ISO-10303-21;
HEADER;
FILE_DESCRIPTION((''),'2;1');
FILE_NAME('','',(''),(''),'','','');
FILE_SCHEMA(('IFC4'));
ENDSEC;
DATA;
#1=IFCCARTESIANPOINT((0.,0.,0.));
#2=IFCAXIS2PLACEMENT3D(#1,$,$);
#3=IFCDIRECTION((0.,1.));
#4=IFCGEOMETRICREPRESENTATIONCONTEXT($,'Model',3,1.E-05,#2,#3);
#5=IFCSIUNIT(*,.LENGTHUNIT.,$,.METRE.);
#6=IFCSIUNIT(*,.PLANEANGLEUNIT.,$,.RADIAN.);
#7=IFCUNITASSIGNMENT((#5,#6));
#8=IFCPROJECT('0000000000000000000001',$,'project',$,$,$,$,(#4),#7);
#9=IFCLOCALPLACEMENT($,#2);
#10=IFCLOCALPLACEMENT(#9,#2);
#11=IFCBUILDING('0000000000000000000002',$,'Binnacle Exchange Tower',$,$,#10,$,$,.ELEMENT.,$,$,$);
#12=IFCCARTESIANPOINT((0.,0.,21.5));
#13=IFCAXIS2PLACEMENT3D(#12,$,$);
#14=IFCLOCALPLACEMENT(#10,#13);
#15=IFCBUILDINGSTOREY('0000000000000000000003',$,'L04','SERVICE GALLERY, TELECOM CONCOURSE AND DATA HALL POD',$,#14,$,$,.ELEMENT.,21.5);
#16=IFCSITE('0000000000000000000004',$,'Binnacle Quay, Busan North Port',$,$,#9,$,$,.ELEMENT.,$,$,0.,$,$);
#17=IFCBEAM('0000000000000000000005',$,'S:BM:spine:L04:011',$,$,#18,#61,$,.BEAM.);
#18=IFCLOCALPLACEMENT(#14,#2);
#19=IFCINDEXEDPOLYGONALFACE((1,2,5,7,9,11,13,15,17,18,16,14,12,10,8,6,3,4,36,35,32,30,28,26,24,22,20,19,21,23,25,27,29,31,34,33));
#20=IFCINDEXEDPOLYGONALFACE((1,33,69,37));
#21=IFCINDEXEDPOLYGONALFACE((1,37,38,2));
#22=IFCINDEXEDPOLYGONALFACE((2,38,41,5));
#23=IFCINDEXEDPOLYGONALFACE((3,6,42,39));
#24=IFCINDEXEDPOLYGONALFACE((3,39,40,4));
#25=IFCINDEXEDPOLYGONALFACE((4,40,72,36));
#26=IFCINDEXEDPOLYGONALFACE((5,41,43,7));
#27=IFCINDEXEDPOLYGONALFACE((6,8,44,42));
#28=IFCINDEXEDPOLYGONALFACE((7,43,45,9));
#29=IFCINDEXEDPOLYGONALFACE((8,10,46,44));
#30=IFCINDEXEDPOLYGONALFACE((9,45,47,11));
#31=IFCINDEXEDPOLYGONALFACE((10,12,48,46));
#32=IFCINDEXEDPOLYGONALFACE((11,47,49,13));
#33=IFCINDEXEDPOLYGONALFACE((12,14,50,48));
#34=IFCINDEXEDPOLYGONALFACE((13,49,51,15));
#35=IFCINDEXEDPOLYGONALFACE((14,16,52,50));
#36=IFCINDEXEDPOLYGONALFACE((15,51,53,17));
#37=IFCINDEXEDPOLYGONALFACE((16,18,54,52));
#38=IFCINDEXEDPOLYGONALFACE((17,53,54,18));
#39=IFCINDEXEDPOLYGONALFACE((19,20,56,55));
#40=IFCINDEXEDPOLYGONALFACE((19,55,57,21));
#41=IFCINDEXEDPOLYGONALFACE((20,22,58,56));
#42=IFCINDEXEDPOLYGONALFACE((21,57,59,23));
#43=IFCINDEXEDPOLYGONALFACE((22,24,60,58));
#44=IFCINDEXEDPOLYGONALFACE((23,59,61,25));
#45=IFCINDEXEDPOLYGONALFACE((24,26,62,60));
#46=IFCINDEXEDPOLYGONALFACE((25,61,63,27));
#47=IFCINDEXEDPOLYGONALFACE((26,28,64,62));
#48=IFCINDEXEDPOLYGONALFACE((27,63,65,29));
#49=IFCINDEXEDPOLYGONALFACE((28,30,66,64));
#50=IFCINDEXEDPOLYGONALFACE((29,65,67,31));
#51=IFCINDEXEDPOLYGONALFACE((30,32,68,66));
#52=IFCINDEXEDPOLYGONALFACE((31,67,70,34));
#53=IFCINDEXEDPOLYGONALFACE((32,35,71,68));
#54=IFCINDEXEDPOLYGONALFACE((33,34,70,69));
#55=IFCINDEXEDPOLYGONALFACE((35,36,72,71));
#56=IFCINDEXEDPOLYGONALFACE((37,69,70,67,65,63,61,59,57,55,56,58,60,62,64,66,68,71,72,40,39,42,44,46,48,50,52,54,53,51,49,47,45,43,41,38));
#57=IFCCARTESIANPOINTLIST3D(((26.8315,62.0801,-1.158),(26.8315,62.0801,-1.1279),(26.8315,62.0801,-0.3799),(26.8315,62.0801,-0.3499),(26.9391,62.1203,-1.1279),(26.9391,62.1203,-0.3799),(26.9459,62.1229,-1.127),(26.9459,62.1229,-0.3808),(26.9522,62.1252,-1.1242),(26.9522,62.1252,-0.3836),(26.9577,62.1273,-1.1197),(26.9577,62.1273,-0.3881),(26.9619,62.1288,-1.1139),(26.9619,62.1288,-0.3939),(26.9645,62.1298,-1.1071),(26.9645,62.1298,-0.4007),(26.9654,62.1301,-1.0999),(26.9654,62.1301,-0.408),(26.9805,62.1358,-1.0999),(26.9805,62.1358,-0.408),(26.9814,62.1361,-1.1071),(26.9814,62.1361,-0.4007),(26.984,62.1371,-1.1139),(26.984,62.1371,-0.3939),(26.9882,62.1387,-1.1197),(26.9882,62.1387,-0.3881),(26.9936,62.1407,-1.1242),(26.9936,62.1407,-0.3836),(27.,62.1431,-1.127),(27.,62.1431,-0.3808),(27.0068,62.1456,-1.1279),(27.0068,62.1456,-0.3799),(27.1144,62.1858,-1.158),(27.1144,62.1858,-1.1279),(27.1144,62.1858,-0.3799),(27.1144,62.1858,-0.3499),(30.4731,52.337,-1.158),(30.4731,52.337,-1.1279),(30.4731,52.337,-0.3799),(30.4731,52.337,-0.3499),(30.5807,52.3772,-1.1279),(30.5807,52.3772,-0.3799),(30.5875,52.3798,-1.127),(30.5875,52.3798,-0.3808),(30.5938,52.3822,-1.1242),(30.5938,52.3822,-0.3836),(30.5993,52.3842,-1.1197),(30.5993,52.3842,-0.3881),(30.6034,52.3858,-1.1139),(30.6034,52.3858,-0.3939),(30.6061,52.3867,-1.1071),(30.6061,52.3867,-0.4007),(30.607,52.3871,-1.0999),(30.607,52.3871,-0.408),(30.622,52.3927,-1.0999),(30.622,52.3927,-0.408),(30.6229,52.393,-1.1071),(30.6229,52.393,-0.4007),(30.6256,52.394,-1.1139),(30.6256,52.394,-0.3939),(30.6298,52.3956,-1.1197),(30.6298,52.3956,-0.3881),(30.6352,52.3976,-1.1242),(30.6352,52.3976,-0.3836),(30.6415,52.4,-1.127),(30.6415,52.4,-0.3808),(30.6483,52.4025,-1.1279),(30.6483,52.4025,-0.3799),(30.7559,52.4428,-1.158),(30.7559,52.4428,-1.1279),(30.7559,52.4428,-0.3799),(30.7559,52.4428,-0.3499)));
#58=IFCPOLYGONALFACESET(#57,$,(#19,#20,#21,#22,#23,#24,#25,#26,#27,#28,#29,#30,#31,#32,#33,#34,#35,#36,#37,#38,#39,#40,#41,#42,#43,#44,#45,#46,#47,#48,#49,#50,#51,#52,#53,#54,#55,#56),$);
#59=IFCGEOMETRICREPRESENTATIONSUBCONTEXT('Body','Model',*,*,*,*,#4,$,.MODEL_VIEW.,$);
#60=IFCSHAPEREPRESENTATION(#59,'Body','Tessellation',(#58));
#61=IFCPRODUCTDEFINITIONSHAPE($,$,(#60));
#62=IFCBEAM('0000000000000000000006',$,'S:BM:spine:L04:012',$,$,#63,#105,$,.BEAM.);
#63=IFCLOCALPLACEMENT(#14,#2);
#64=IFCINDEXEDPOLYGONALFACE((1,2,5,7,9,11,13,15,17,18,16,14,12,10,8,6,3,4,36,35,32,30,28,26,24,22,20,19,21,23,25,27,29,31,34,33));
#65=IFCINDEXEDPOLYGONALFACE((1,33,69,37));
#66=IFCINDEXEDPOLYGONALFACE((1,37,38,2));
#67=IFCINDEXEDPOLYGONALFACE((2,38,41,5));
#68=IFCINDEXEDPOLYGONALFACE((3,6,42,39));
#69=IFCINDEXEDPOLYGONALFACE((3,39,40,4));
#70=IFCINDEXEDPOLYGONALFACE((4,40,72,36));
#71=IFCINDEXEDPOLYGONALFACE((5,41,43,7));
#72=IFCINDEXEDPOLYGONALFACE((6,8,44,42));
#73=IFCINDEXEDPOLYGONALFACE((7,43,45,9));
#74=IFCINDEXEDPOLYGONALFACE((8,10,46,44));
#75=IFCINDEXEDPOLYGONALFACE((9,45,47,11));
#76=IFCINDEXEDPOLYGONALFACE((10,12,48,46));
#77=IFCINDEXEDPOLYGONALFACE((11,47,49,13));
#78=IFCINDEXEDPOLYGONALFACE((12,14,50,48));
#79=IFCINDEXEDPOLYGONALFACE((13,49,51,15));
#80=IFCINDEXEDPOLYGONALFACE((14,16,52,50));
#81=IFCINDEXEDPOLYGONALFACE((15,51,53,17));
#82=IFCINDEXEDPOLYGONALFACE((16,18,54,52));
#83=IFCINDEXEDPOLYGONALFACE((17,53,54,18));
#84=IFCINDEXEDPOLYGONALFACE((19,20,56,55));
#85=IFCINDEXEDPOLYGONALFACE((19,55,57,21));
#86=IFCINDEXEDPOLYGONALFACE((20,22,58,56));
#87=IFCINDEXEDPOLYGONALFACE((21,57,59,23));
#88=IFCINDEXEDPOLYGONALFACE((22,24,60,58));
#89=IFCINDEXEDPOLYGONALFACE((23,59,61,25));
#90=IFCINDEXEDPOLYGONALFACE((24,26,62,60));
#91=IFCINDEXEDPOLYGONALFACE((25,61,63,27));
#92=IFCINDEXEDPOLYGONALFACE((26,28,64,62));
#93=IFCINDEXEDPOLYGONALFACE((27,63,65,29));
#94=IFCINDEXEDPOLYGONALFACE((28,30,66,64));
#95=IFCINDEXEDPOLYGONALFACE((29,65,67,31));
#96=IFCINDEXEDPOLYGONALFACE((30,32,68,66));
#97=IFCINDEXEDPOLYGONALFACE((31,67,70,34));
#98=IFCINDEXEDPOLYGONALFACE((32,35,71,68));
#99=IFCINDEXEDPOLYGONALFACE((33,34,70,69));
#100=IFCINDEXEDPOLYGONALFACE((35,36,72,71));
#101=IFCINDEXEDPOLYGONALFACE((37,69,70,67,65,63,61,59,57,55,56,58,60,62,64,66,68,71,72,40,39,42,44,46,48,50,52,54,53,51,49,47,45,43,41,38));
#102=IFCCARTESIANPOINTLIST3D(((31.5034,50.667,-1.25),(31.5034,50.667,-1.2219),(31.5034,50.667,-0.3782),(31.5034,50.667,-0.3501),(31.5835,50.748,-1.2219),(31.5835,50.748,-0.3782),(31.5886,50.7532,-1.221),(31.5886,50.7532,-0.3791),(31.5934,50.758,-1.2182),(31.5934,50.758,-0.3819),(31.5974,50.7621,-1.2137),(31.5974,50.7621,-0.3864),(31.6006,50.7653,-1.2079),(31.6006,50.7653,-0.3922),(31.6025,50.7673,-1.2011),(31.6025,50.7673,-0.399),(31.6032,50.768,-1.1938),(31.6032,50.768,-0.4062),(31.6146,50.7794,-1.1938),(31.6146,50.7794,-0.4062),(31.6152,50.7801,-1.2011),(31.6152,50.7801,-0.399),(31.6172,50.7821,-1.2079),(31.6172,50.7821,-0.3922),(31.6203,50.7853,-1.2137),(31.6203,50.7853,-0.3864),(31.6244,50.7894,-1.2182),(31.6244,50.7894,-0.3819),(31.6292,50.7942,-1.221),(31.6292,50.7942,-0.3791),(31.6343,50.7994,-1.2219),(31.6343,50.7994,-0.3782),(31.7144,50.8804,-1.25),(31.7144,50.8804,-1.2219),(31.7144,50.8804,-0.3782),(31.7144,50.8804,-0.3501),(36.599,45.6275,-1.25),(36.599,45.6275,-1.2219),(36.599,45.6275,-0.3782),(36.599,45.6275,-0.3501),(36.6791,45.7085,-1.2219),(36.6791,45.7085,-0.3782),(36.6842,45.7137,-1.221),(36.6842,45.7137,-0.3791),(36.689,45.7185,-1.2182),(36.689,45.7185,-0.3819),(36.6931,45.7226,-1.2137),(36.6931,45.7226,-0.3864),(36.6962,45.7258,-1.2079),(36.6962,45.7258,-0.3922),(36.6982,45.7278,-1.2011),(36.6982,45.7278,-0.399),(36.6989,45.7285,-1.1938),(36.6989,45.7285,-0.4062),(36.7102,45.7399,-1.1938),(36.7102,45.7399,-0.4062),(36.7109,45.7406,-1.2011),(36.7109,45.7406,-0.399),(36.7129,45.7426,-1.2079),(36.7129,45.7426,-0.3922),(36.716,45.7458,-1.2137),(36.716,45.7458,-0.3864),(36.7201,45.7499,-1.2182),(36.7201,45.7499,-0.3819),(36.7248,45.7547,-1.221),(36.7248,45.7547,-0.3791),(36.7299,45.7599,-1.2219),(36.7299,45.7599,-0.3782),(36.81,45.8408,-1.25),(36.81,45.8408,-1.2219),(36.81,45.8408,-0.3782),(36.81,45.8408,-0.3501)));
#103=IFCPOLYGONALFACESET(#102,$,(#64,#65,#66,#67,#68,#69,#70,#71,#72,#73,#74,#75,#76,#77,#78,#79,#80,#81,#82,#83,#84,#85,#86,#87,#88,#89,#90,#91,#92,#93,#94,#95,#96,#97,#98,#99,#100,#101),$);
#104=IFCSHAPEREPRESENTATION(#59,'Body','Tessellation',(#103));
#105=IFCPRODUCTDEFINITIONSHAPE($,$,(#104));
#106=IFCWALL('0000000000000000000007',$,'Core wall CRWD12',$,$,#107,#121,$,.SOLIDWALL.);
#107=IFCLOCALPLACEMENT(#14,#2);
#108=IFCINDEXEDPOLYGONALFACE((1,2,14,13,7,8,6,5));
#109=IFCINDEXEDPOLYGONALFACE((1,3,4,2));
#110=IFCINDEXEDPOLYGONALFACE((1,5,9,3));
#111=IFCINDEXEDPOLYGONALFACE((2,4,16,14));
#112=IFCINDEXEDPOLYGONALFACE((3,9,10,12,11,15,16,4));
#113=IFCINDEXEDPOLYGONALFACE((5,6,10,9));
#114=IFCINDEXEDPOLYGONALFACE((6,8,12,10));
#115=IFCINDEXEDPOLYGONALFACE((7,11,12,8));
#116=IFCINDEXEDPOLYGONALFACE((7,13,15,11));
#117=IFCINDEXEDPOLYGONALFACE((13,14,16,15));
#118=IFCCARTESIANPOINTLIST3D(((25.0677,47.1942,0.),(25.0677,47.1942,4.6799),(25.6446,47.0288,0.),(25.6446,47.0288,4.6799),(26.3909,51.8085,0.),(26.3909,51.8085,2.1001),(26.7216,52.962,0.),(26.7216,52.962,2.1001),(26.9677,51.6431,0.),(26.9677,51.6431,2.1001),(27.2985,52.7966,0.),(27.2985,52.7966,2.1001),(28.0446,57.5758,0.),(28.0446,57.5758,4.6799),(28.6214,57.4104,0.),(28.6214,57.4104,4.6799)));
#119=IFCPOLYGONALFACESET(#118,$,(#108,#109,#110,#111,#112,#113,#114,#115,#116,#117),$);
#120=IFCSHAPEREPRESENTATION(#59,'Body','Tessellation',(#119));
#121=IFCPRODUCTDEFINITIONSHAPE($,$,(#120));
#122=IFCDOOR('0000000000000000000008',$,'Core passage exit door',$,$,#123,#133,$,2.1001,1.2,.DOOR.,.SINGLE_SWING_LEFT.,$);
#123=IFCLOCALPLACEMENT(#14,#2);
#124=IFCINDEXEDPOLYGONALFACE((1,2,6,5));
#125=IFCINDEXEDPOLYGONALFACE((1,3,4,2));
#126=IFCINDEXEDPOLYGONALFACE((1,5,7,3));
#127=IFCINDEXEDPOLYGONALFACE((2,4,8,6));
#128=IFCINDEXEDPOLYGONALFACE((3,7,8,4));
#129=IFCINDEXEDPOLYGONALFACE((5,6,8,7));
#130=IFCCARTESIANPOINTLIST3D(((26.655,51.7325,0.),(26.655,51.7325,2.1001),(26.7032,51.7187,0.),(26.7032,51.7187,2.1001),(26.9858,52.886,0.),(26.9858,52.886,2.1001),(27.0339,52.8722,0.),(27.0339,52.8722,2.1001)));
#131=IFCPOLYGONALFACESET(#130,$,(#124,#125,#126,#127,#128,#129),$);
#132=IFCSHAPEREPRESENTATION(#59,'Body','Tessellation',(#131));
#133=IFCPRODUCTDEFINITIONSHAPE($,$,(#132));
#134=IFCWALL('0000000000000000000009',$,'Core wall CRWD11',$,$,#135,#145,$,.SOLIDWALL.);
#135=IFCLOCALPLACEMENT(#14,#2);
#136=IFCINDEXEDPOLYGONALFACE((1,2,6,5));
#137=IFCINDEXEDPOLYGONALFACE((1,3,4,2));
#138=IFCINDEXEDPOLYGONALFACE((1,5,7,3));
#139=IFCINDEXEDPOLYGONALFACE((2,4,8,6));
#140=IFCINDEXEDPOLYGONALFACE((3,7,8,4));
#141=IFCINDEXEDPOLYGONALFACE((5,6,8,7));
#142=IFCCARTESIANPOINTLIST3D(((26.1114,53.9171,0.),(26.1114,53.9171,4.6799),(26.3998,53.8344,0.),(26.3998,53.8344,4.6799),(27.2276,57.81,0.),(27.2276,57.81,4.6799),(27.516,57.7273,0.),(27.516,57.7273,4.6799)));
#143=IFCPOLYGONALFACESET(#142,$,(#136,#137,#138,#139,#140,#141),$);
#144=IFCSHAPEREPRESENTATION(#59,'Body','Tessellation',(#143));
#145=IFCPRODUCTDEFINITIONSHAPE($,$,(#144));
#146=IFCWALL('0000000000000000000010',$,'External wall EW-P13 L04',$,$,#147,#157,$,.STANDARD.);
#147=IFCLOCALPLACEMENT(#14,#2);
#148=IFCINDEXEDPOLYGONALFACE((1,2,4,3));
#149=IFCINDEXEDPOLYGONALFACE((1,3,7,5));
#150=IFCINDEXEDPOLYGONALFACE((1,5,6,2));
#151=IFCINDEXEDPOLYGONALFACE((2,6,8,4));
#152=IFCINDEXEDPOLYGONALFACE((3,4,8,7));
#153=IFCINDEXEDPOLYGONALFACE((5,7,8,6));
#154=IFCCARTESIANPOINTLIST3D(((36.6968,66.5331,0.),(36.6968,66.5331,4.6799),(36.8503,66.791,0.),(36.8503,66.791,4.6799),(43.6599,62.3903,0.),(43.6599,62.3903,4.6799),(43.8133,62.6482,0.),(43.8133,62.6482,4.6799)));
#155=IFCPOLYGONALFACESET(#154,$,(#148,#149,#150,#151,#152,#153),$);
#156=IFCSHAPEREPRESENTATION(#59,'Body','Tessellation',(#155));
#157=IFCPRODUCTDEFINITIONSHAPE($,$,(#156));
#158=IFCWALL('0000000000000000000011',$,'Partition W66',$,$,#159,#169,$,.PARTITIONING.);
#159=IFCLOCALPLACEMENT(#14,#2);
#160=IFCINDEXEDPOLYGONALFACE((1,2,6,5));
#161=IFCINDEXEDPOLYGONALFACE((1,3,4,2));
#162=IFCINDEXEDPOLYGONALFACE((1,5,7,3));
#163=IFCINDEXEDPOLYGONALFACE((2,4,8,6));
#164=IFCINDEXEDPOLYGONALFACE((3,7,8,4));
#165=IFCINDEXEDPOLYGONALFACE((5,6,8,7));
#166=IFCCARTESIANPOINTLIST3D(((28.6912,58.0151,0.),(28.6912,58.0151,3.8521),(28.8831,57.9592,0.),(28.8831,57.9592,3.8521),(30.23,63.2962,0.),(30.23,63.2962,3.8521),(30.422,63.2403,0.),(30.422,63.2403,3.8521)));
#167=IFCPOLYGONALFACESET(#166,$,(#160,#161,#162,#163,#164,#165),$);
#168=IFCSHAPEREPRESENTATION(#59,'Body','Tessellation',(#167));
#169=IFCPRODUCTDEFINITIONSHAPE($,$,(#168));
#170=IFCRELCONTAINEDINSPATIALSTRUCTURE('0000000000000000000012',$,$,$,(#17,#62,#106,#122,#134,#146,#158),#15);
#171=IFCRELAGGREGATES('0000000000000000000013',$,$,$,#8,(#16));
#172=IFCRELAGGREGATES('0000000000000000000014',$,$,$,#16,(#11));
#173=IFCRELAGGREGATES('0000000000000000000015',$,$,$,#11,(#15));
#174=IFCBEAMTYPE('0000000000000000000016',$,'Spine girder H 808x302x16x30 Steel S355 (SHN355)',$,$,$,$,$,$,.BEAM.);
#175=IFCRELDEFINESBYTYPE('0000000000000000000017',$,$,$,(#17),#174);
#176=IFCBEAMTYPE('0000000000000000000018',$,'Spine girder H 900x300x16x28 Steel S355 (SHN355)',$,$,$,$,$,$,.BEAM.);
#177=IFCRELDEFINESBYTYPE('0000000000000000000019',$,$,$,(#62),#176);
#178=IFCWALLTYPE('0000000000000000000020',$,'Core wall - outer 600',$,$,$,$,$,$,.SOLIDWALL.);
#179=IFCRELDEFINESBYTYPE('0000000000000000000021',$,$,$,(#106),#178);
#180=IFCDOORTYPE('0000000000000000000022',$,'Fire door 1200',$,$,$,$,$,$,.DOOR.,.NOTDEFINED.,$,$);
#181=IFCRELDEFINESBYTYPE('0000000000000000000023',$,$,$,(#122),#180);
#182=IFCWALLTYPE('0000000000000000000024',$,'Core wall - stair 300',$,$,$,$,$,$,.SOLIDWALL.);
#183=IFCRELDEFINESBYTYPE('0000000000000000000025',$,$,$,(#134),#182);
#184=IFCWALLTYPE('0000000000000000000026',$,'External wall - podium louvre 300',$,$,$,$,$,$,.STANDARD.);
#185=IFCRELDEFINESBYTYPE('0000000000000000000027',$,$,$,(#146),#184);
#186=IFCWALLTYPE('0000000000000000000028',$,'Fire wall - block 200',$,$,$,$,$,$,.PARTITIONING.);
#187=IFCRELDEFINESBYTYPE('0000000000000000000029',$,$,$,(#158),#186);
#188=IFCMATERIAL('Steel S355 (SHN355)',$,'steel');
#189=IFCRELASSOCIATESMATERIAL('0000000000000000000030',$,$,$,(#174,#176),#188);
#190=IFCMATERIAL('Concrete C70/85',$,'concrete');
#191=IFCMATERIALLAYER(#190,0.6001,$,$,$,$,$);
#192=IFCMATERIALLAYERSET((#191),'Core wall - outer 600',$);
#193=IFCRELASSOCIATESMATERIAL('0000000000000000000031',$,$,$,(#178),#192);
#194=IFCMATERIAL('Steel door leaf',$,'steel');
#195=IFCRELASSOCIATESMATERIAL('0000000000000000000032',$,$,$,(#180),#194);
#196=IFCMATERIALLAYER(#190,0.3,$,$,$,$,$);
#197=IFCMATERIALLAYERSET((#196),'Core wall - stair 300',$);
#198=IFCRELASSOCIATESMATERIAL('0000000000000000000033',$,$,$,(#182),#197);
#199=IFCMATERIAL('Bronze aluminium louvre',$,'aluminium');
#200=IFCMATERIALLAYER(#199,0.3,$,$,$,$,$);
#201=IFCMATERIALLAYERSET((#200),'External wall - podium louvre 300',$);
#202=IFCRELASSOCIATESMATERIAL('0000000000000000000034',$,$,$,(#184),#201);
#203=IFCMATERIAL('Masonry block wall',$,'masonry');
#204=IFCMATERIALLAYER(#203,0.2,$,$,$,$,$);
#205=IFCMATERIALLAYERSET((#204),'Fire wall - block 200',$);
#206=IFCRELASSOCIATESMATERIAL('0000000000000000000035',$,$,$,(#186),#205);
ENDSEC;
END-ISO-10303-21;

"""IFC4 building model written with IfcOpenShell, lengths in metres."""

from ifc_helpers import new_model, si_unit, direction, frame, frame_2d, origin, origin_2d, place, context, subcontext, project, spatial, rectangle, i_section, extrude, material, layer, layer_set, material_profile, profile_set, type_object, element, fill, save


model = new_model("IFC4")

# Units and contexts
model_context = context("Model", 3, precision=1e-05, world=origin(), true_north=direction((0.0, 1.0)))
body_context = subcontext(model_context, "Body", "Model", "MODEL_VIEW")
ifc_project = project(units=[si_unit("LENGTHUNIT", "METRE"), si_unit("PLANEANGLEUNIT", "RADIAN")], contexts=[model_context])

# Site, building, storey
site_placement = place(None, origin())
site = spatial("IfcSite", under=ifc_project, at=site_placement, Name="Binnacle Quay, Busan North Port", CompositionType="ELEMENT", RefElevation=0.0)
building_placement = place(site_placement, origin())
building = spatial("IfcBuilding", under=site, at=building_placement, Name="Binnacle Exchange Tower", CompositionType="ELEMENT")
storey_placement = place(building_placement, frame((0.0, 0.0, 21.5)))
storey = spatial("IfcBuildingStorey", under=building, at=storey_placement, Name="L04", Description="SERVICE GALLERY, TELECOM CONCOURSE AND DATA HALL POD", CompositionType="ELEMENT", Elevation=21.5)

# Shared definitions
ifc_material_1 = material(Name="Concrete C70/85", Category="concrete")

# Beams
ifc_material_2 = material(Name="Steel S355 (SHN355)", Category="steel")
ifc_material_profile_1 = material_profile(ifc_material_2, i_section(OverallWidth=0.302, OverallDepth=0.8081, WebThickness=0.0161, FlangeThickness=0.03, FilletRadius=0.0281, at=origin_2d()), Name="H 808x302x16x30")
ifc_profile_set_1 = profile_set([ifc_material_profile_1], Name="Steel S355 (SHN355)")
beam_type_1 = type_object("IfcBeamType", Name="Spine girder H 808x302x16x30 Steel S355 (SHN355)", PredefinedType="BEAM", material=ifc_profile_set_1)
beam_1_placement = place(storey_placement, frame((30.6145, 52.3899, -0.7539), z_axis=(-0.350105, 0.936711, 0.0), x_axis=(-0.936711, -0.350105, 0.0)))
element("IfcBeam", 1, at=beam_1_placement, inside=storey, type_object=beam_type_1, Name="S:BM:spine:L04:011", PredefinedType="BEAM", context=body_context, shape_type="SweptSolid", body=[
    extrude(i_section(OverallWidth=0.302, OverallDepth=0.8081, WebThickness=0.0161, FlangeThickness=0.03, FilletRadius=0.0281, at=origin_2d()), origin(), (0.0, 0.0, 1.0), 10.4014),
])
ifc_material_profile_2 = material_profile(ifc_material_2, i_section(OverallWidth=0.3, OverallDepth=0.8999, WebThickness=0.0161, FlangeThickness=0.0281, FilletRadius=0.0281, at=origin_2d()), Name="H 900x300x16x28")
ifc_profile_set_2 = profile_set([ifc_material_profile_2], Name="Steel S355 (SHN355)")
beam_type_2 = type_object("IfcBeamType", Name="Spine girder H 900x300x16x28 Steel S355 (SHN355)", PredefinedType="BEAM", material=ifc_profile_set_2)
beam_2_placement = place(storey_placement, frame((31.6089, 50.7737, -0.8), z_axis=(0.711013, -0.703178, 0.0), x_axis=(0.703178, 0.711013, 0.0)))
element("IfcBeam", 2, at=beam_2_placement, inside=storey, type_object=beam_type_2, Name="S:BM:spine:L04:012", PredefinedType="BEAM", context=body_context, shape_type="SweptSolid", body=[
    extrude(i_section(OverallWidth=0.3, OverallDepth=0.8999, WebThickness=0.0161, FlangeThickness=0.0281, FilletRadius=0.0281, at=origin_2d()), origin(), (0.0, 0.0, 1.0), 7.1667),
])

# Wall, opening, door
ifc_layer_1 = layer(ifc_material_1, 0.6001)
ifc_layer_set_1 = layer_set([ifc_layer_1], Name="Core wall - outer 600")
wall_type_1 = type_object("IfcWallType", Name="Core wall - outer 600", PredefinedType="SOLIDWALL", material=ifc_layer_set_1)
wall_1_placement = place(storey_placement, frame((25.3562, 47.1116, 0.0), z_axis=(0.0, 0.0, 1.0), x_axis=(0.275632, 0.961263, 0.0)))
wall_1 = element("IfcWall", 3, at=wall_1_placement, inside=storey, type_object=wall_type_1, Name="Core wall CRWD12", PredefinedType="SOLIDWALL", context=body_context, shape_type="SweptSolid", body=[
    extrude(rectangle(XDim=10.8, YDim=0.6001, at=frame_2d((5.3999, 0.0))), origin(), (0.0, 0.0, 1.0), 4.6799),
])
opening_1_placement = place(wall_1_placement, frame((4.8, 0.0, 0.0)))
opening_1 = element("IfcOpeningElement", 4, at=opening_1_placement, cuts=wall_1, PredefinedType="OPENING", context=body_context, shape_type="SweptSolid", body=[
    extrude(rectangle(XDim=1.2, YDim=2.1001, at=frame_2d((0.6001, 1.05))), frame((0.0, 0.3101, 0.0), z_axis=(0.0, -1.0, 0.0), x_axis=(1.0, 0.0, 0.0)), (0.0, 0.0, 1.0), 0.6201),
])
ifc_material_3 = material(Name="Steel door leaf", Category="steel")
door_type_1 = type_object("IfcDoorType", Name="Fire door 1200", OperationType="NOTDEFINED", PredefinedType="DOOR", material=ifc_material_3)
door_1_placement = place(opening_1_placement, frame((1.2, 0.0, 0.0), z_axis=(0.0, 0.0, 1.0), x_axis=(-1.0, 0.0, 0.0)))
door_1 = element("IfcDoor", 5, at=door_1_placement, inside=storey, type_object=door_type_1, Name="Core passage exit door", OperationType="SINGLE_SWING_LEFT", OverallHeight=2.1001, OverallWidth=1.2, PredefinedType="DOOR", context=body_context, shape_type="SweptSolid", body=[
    extrude(rectangle(XDim=1.2, YDim=2.1001, at=frame_2d((0.6001, 1.05))), frame((0.0, 0.0249, 0.0), z_axis=(0.0, -1.0, 0.0), x_axis=(1.0, 0.0, 0.0)), (0.0, 0.0, 1.0), 0.05),
])
fill(opening_1, door_1)

# Walls
ifc_layer_2 = layer(ifc_material_1, 0.3)
ifc_layer_set_2 = layer_set([ifc_layer_2], Name="Core wall - stair 300")
wall_type_2 = type_object("IfcWallType", Name="Core wall - stair 300", PredefinedType="SOLIDWALL", material=ifc_layer_set_2)
wall_2_placement = place(storey_placement, frame((26.2556, 53.8757, 0.0), z_axis=(0.0, 0.0, 1.0), x_axis=(0.275613, 0.961269, 0.0)))
element("IfcWall", 6, at=wall_2_placement, inside=storey, type_object=wall_type_2, Name="Core wall CRWD11", PredefinedType="SOLIDWALL", context=body_context, shape_type="SweptSolid", body=[
    extrude(rectangle(XDim=4.0498, YDim=0.3, at=frame_2d((2.0249, 0.0))), origin(), (0.0, 0.0, 1.0), 4.6799),
])
ifc_material_4 = material(Name="Bronze aluminium louvre", Category="aluminium")
ifc_layer_3 = layer(ifc_material_4, 0.3)
ifc_layer_set_3 = layer_set([ifc_layer_3], Name="External wall - podium louvre 300")
wall_type_3 = type_object("IfcWallType", Name="External wall - podium louvre 300", PredefinedType="STANDARD", material=ifc_layer_set_3)
wall_3_placement = place(storey_placement, frame((36.7734, 66.6621, 0.0), z_axis=(0.0, 0.0, 1.0), x_axis=(0.859396, -0.511311, 0.0)))
element("IfcWall", 7, at=wall_3_placement, inside=storey, type_object=wall_type_3, Name="External wall EW-P13 L04", PredefinedType="STANDARD", context=body_context, shape_type="SweptSolid", body=[
    extrude(rectangle(XDim=8.1023, YDim=0.3, at=frame_2d((4.0513, 0.0))), origin(), (0.0, 0.0, 1.0), 4.6799),
])
ifc_material_5 = material(Name="Masonry block wall", Category="masonry")
ifc_layer_4 = layer(ifc_material_5, 0.2)
ifc_layer_set_4 = layer_set([ifc_layer_4], Name="Fire wall - block 200")
wall_type_4 = type_object("IfcWallType", Name="Fire wall - block 200", PredefinedType="PARTITIONING", material=ifc_layer_set_4)
wall_4_placement = place(storey_placement, frame((28.7871, 57.9871, 0.0), z_axis=(0.0, 0.0, 1.0), x_axis=(0.279753, 0.960072, 0.0)))
element("IfcWall", 8, at=wall_4_placement, inside=storey, type_object=wall_type_4, Name="Partition W66", PredefinedType="PARTITIONING", context=body_context, shape_type="SweptSolid", body=[
    extrude(rectangle(XDim=5.5007, YDim=0.2, at=frame_2d((2.7505, 0.0))), origin(), (0.0, 0.0, 1.0), 3.8521),
])

save(model, "model.ifc")
